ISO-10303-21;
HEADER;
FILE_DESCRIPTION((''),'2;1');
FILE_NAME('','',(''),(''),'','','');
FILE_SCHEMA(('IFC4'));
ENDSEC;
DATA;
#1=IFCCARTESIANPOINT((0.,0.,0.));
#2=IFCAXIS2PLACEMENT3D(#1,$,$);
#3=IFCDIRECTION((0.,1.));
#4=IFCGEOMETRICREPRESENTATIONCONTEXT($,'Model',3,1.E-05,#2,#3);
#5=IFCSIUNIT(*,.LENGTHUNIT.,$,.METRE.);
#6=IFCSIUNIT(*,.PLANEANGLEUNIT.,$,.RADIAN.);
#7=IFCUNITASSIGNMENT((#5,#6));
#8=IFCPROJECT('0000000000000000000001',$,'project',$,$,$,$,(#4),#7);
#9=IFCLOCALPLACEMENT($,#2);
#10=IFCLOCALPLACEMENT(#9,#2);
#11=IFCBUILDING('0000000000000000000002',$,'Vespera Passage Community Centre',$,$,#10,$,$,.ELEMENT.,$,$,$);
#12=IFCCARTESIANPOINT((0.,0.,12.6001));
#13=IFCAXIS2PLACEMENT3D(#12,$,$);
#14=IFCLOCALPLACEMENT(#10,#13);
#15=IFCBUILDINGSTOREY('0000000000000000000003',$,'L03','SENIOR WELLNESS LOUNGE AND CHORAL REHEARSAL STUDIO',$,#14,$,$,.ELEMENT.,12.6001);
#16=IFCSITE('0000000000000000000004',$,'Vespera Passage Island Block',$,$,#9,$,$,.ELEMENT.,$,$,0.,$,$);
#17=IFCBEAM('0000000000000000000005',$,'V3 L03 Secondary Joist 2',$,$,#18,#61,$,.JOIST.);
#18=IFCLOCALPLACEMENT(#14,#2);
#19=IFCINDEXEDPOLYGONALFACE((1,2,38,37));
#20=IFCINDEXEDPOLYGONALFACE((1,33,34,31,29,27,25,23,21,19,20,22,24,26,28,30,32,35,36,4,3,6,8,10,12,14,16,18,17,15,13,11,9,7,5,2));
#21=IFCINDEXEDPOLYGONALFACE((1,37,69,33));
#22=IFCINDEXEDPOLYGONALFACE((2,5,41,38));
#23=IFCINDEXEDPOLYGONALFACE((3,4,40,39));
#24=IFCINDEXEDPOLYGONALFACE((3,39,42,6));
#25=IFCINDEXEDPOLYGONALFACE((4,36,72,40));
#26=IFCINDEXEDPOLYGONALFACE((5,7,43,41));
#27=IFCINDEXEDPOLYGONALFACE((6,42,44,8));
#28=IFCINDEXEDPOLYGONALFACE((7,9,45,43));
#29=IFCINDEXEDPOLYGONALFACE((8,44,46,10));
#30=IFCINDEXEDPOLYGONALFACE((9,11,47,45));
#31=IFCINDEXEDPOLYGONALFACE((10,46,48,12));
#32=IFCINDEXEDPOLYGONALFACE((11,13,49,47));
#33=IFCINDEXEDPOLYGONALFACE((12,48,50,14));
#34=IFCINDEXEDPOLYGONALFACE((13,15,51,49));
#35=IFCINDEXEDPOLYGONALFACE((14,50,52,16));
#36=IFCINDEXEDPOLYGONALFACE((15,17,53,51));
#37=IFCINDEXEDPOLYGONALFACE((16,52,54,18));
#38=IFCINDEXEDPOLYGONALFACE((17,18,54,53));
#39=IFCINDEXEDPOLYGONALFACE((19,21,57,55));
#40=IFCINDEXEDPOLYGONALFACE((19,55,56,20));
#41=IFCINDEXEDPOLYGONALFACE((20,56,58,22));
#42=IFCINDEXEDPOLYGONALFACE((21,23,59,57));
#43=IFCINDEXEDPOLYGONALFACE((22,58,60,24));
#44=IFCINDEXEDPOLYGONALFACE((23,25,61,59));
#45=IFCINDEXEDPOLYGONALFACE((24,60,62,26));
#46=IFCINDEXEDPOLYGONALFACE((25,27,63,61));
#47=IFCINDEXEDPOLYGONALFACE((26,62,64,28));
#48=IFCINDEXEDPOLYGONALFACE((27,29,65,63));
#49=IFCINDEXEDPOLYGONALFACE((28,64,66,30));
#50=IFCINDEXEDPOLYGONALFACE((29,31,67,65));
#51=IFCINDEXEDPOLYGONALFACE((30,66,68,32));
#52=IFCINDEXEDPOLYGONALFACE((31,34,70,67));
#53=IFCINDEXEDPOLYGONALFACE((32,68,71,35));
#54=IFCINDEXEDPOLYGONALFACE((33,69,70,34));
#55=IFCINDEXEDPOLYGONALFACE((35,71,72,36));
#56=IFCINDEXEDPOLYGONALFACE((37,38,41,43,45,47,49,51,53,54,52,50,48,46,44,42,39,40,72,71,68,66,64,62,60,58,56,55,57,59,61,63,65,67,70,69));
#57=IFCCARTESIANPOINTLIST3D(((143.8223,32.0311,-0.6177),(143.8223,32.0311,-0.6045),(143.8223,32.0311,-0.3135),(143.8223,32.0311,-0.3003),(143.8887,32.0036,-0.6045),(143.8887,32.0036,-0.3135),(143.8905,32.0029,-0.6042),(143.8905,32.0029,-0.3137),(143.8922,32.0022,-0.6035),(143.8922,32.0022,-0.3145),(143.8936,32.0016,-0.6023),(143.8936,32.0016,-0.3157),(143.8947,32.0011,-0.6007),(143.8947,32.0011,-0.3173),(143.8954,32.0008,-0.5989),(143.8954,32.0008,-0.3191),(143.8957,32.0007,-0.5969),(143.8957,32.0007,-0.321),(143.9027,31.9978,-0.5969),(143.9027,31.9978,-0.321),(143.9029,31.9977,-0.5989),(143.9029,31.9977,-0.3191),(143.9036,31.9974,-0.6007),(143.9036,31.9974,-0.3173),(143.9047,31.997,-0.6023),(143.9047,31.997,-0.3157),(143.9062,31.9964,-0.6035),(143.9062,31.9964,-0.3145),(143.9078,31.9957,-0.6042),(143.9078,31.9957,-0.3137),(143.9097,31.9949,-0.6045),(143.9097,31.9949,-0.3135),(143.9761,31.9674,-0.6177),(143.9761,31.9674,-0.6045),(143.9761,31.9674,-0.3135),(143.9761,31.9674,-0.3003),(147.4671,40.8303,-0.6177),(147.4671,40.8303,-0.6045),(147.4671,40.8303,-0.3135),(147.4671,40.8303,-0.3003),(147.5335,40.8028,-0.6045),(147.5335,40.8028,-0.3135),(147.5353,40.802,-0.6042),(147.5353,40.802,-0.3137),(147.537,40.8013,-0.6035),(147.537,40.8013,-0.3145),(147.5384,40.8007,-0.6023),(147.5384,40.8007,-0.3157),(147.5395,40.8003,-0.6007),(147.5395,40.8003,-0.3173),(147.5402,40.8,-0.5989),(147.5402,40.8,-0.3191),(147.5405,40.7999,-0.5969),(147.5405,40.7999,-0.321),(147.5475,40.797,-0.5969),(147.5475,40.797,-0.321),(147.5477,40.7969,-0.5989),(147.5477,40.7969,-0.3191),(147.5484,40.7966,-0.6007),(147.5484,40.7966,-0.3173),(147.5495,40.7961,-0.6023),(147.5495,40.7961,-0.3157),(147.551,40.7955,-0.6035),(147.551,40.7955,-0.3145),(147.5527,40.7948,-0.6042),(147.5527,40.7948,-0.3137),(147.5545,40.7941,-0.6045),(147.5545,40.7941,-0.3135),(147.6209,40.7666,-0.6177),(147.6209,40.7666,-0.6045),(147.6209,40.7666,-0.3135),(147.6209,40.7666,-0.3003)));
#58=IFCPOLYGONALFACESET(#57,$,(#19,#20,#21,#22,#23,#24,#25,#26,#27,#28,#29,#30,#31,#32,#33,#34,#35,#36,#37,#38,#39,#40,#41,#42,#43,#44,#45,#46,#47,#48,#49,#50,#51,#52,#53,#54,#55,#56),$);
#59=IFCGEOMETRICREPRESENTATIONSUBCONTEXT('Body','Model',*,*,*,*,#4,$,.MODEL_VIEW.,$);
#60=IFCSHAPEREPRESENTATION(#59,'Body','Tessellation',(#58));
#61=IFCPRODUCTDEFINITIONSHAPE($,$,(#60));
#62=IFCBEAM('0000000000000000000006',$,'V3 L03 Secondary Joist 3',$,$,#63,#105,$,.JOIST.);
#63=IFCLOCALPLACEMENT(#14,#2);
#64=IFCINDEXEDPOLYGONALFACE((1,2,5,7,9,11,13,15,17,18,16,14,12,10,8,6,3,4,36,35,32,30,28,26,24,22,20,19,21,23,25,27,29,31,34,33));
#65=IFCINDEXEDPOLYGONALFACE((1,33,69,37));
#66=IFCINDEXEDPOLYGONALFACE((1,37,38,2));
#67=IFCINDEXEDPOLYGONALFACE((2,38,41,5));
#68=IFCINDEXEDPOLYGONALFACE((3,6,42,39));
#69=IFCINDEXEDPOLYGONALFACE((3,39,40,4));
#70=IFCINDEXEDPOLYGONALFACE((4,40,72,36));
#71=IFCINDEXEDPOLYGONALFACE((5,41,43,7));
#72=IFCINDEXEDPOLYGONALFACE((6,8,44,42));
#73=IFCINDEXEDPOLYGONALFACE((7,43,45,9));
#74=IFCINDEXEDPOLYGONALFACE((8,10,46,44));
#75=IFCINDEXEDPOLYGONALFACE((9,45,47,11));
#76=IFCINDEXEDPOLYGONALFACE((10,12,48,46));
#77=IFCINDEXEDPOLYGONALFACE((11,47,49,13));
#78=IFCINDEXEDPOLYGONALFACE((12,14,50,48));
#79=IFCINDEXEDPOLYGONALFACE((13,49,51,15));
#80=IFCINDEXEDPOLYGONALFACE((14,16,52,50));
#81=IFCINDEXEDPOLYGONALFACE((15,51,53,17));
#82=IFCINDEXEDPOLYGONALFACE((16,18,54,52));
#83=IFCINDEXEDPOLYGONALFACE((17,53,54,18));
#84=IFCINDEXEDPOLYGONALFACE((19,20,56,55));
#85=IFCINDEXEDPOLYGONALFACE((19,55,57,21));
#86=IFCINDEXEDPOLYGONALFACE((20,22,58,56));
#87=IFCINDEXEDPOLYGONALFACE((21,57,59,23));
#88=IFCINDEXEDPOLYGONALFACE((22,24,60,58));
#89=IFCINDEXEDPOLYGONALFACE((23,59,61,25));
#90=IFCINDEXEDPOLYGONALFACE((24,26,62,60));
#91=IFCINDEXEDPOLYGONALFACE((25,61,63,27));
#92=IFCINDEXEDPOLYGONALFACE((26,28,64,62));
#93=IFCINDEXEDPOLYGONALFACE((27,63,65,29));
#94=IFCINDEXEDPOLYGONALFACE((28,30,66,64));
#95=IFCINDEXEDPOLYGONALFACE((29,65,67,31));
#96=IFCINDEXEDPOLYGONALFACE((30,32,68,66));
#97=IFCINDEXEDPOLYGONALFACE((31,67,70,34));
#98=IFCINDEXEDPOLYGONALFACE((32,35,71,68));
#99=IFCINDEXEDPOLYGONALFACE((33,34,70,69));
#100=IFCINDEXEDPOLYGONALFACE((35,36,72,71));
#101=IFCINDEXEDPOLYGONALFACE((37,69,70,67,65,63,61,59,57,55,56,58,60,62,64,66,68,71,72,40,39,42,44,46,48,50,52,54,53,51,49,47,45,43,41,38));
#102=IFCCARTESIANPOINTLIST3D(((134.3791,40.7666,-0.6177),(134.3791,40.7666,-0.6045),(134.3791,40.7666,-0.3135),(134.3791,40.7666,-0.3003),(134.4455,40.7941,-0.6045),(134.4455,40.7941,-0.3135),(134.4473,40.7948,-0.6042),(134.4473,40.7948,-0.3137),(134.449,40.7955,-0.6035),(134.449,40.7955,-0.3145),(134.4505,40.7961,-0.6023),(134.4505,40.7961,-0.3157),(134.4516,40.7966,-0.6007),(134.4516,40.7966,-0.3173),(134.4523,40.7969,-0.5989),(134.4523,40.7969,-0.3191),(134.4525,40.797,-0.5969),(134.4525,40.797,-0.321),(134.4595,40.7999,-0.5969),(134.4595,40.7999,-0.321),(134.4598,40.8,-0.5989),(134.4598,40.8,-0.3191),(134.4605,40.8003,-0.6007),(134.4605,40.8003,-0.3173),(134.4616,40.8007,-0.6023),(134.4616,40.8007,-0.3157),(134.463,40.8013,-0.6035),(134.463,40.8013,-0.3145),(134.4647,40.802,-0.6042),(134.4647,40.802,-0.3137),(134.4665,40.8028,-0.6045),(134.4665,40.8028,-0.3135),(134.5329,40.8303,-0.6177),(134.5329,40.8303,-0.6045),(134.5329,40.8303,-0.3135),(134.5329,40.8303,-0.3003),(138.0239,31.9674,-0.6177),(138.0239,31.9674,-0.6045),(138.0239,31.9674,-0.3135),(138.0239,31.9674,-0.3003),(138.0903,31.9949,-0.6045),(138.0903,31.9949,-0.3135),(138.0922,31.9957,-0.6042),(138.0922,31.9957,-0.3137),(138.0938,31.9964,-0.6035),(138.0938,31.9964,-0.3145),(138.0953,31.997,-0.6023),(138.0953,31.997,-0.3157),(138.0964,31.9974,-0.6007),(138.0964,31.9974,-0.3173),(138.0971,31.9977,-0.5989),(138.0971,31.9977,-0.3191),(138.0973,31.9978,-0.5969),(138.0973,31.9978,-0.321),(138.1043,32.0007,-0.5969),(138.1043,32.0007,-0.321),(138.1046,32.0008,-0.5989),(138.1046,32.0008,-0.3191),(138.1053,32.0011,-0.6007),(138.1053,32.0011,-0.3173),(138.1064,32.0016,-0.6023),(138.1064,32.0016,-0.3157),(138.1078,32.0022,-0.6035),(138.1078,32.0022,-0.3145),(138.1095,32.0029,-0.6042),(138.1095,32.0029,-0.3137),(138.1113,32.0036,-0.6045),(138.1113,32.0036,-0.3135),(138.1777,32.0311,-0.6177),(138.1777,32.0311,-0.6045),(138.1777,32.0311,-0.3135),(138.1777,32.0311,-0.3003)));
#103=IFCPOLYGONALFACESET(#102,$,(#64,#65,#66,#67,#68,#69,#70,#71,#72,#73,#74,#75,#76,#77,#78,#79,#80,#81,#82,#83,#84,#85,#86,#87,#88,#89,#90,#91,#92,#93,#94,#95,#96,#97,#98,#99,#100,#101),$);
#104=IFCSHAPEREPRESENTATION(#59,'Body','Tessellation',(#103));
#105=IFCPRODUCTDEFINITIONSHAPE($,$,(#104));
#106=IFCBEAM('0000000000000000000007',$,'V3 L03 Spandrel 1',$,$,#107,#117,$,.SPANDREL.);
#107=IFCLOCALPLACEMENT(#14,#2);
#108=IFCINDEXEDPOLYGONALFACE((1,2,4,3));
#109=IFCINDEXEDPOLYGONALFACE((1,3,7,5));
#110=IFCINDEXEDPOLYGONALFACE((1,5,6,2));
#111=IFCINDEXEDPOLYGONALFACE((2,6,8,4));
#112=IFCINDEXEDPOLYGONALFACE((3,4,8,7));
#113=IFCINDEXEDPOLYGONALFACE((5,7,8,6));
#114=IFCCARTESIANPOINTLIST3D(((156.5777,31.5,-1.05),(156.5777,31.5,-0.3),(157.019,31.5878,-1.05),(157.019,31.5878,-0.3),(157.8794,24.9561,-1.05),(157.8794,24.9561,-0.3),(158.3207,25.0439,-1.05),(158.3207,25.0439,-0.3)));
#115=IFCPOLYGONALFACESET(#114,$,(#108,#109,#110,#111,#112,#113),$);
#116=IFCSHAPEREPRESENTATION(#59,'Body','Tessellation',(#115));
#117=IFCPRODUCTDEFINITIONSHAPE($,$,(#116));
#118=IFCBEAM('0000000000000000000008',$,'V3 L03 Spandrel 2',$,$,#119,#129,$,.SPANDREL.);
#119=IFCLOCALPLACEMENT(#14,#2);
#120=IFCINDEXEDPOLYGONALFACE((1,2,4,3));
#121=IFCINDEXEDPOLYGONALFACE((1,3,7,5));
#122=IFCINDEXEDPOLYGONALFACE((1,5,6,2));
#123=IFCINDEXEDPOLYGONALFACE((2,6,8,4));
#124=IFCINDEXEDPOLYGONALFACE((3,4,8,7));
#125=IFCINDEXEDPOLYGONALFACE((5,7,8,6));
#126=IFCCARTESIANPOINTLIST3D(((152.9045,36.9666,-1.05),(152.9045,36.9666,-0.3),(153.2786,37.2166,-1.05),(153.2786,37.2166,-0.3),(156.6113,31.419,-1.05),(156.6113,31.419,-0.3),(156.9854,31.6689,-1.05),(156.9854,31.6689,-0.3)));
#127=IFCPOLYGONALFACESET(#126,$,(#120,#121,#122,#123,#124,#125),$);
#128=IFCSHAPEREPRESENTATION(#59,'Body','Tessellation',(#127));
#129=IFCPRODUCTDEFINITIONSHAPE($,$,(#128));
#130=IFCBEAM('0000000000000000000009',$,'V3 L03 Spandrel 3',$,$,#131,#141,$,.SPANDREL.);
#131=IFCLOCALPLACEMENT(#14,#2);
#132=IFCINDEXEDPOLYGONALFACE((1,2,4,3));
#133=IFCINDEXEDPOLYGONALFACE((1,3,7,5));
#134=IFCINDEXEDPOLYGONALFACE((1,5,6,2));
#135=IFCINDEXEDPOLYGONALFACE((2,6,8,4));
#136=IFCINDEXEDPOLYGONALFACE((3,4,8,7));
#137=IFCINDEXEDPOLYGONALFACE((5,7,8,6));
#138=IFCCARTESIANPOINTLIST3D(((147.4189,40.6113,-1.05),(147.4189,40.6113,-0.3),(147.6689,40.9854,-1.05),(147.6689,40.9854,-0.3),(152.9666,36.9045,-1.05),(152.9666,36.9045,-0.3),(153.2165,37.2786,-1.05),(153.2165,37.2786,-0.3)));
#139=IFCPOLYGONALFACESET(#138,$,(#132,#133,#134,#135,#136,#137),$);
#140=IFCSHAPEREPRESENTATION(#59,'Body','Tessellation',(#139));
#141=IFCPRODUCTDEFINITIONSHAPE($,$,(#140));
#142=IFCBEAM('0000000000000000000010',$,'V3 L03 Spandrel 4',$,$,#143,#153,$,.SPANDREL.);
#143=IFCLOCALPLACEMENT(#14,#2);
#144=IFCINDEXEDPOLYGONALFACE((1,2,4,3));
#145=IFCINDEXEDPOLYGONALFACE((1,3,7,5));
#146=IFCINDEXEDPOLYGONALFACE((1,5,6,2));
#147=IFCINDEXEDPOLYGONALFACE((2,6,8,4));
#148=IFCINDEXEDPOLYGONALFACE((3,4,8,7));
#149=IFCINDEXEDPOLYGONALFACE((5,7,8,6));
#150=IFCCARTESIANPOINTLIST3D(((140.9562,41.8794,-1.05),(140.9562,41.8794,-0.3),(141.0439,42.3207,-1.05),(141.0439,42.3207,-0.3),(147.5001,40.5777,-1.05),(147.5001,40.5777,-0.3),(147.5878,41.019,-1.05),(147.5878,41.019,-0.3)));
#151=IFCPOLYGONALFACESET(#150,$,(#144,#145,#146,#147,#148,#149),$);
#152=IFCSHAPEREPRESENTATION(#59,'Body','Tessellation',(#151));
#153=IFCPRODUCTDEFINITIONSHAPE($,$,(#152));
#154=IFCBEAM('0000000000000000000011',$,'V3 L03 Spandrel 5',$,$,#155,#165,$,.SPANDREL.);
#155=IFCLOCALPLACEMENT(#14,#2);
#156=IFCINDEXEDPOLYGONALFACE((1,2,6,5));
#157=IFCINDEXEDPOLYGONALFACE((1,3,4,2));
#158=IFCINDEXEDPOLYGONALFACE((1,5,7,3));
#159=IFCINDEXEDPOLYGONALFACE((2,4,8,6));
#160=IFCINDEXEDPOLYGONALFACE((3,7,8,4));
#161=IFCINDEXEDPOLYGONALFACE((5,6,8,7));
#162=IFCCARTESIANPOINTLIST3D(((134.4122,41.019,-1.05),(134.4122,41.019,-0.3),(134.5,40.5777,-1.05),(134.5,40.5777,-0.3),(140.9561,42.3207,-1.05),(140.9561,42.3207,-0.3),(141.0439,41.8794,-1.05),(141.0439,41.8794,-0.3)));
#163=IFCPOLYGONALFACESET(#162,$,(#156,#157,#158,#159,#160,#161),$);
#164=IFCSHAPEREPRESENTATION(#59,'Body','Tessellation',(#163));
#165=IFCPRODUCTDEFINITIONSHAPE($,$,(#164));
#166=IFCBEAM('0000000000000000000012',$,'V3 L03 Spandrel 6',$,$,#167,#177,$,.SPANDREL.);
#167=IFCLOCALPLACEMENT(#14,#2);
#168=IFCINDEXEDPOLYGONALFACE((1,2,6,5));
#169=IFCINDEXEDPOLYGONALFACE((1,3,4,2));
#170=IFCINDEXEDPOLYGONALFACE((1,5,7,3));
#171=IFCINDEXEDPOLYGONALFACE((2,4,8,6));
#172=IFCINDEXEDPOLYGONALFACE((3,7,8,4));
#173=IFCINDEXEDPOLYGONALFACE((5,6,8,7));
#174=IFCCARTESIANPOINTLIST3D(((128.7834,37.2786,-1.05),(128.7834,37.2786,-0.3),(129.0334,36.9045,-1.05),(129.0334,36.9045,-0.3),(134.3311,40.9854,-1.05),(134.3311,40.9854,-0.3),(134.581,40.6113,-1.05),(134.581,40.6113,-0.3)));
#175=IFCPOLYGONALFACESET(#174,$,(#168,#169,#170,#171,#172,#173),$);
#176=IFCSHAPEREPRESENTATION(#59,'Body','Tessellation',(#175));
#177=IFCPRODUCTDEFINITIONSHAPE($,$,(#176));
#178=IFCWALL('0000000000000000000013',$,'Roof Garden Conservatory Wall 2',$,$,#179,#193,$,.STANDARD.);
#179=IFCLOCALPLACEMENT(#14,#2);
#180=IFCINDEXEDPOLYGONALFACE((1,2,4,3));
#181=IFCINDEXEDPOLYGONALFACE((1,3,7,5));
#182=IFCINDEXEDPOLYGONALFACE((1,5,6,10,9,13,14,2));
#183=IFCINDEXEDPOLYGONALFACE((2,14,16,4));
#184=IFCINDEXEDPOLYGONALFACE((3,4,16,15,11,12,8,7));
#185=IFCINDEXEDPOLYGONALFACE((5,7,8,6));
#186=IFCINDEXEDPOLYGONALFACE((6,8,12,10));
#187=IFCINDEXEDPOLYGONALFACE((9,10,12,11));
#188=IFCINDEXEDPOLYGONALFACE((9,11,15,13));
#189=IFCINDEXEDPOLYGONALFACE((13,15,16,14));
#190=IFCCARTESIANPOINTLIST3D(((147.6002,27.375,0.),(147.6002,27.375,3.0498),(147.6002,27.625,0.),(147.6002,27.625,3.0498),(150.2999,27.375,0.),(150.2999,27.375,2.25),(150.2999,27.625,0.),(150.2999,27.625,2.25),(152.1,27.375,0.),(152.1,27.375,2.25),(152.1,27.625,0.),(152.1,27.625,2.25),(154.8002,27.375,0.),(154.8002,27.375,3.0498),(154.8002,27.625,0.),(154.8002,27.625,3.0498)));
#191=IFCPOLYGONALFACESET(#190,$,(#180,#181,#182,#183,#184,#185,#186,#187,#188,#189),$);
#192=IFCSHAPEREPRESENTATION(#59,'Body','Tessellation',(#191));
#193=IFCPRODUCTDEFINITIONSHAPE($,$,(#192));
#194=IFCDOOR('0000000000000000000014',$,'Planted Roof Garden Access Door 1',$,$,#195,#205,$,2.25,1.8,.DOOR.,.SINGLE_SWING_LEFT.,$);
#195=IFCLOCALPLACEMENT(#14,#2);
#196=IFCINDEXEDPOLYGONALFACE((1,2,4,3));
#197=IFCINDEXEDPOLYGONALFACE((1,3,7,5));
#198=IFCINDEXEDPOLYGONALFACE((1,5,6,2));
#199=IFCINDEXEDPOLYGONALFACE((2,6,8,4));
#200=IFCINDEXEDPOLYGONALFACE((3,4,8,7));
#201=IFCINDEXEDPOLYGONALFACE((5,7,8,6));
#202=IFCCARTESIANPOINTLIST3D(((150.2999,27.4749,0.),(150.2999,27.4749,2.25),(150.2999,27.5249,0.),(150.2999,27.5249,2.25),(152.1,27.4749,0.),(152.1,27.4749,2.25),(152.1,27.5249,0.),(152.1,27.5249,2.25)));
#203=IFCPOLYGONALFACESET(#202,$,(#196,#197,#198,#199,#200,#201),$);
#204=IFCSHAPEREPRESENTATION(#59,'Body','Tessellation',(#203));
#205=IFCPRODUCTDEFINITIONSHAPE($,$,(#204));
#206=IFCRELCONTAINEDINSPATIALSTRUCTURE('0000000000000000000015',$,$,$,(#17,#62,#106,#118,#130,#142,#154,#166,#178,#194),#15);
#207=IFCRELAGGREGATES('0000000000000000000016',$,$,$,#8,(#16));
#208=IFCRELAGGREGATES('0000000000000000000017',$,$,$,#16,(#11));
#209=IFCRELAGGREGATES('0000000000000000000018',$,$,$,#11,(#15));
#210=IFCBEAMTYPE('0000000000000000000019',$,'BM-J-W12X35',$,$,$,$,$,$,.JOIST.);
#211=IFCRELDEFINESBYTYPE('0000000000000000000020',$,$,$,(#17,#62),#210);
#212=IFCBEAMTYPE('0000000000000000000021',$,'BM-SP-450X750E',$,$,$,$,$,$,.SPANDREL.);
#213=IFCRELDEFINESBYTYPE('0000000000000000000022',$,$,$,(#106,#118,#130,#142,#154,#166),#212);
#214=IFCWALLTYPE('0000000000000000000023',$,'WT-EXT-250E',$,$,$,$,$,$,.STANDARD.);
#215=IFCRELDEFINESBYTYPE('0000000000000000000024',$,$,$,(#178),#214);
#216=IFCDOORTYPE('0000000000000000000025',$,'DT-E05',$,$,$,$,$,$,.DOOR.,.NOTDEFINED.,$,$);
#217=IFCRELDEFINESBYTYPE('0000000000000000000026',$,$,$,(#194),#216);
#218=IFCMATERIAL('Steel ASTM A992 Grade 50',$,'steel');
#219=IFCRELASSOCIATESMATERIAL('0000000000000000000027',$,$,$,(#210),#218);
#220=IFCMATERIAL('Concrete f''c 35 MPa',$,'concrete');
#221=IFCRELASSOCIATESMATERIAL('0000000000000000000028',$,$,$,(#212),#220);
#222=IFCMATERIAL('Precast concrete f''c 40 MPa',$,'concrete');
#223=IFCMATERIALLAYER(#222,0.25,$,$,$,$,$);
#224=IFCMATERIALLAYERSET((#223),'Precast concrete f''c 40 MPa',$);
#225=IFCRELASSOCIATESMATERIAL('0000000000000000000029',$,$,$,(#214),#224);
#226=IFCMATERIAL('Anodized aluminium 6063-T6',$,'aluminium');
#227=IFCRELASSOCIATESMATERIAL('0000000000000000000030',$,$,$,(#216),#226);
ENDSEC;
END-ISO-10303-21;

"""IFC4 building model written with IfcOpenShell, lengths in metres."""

from ifc_helpers import new_model, si_unit, direction, frame, frame_2d, origin, origin_2d, place, context, subcontext, project, spatial, rectangle, i_section, extrude, material, layer, layer_set, material_profile, profile_set, type_object, element, fill, save


model = new_model("IFC4")

# Units and contexts
model_context = context("Model", 3, precision=1e-05, world=origin(), true_north=direction((0.0, 1.0)))
body_context = subcontext(model_context, "Body", "Model", "MODEL_VIEW")
ifc_project = project(units=[si_unit("LENGTHUNIT", "METRE"), si_unit("PLANEANGLEUNIT", "RADIAN")], contexts=[model_context])

# Site, building, storey
site_placement = place(None, origin())
site = spatial("IfcSite", under=ifc_project, at=site_placement, Name="Vespera Passage Island Block", CompositionType="ELEMENT", RefElevation=0.0)
building_placement = place(site_placement, origin())
building = spatial("IfcBuilding", under=site, at=building_placement, Name="Vespera Passage Community Centre", CompositionType="ELEMENT")
storey_placement = place(building_placement, frame((0.0, 0.0, 12.6001)))
storey = spatial("IfcBuildingStorey", under=building, at=storey_placement, Name="L03", Description="SENIOR WELLNESS LOUNGE AND CHORAL REHEARSAL STUDIO", CompositionType="ELEMENT", Elevation=12.6001)

# Beams
ifc_material_1 = material(Name="Steel ASTM A992 Grade 50", Category="steel")
ifc_material_profile_1 = material_profile(ifc_material_1, i_section(OverallWidth=0.1665, OverallDepth=0.3174, WebThickness=0.0076, FlangeThickness=0.0132, FilletRadius=0.0076, at=origin_2d()), Name="W12X35")
ifc_profile_set_1 = profile_set([ifc_material_profile_1], Name="Steel ASTM A992 Grade 50")
beam_type_1 = type_object("IfcBeamType", Name="BM-J-W12X35", PredefinedType="JOIST", material=ifc_profile_set_1)
for number, where, z_axis, x_axis, name in (
    (1, (143.8992, 31.9993, -0.459), (0.382691, 0.923877, 0.0), (-0.923877, 0.382691, 0.0), "V3 L03 Secondary Joist 2"),
    (2, (138.1008, 31.9993, -0.459), (-0.382691, 0.923877, 0.0), (-0.923877, -0.382691, 0.0), "V3 L03 Secondary Joist 3"),
):
    element("IfcBeam", number, at=place(storey_placement, frame(where, z_axis=z_axis, x_axis=x_axis)), inside=storey, type_object=beam_type_1, Name=name, PredefinedType="JOIST", context=body_context, shape_type="SweptSolid", body=[
        extrude(i_section(OverallWidth=0.1665, OverallDepth=0.3174, WebThickness=0.0076, FlangeThickness=0.0132, FilletRadius=0.0076, at=origin_2d()), origin(), (0.0, 0.0, 1.0), 9.5242),
    ])
ifc_material_2 = material(Name="Concrete f'c 35 MPa", Category="concrete")
ifc_material_profile_2 = material_profile(ifc_material_2, rectangle(XDim=0.45, YDim=0.75, at=origin_2d()), Name="RC450X750")
ifc_profile_set_2 = profile_set([ifc_material_profile_2], Name="Concrete f'c 35 MPa")
beam_type_2 = type_object("IfcBeamType", Name="BM-SP-450X750E", PredefinedType="SPANDREL", material=ifc_profile_set_2)
for number, where, z_axis, x_axis, name in (
    (3, (158.1001, 25.0, -0.675), (-0.195103, 0.980783, 0.0), (-0.980783, -0.195103, 0.0), "V3 L03 Spandrel 1"),
    (4, (156.7983, 31.5439, -0.675), (-0.55557, 0.83147, 0.0), (-0.83147, -0.55557, 0.0), "V3 L03 Spandrel 2"),
    (5, (153.0916, 37.0916, -0.675), (-0.83147, 0.55557, 0.0), (-0.55557, -0.83147, 0.0), "V3 L03 Spandrel 3"),
    (6, (147.5439, 40.7983, -0.675), (-0.980783, 0.195103, 0.0), (-0.195103, -0.980783, 0.0), "V3 L03 Spandrel 4"),
    (7, (141.0, 42.1001, -0.675), (-0.980783, -0.195103, 0.0), (0.195103, -0.980783, 0.0), "V3 L03 Spandrel 5"),
    (8, (134.4561, 40.7983, -0.675), (-0.83147, -0.55557, 0.0), (0.55557, -0.83147, 0.0), "V3 L03 Spandrel 6"),
):
    element("IfcBeam", number, at=place(storey_placement, frame(where, z_axis=z_axis, x_axis=x_axis)), inside=storey, type_object=beam_type_2, Name=name, PredefinedType="SPANDREL", context=body_context, shape_type="SweptSolid", body=[
        extrude(rectangle(XDim=0.45, YDim=0.75, at=origin_2d()), origin(), (0.0, 0.0, 1.0), 6.6721),
    ])

# Wall, opening, door
ifc_material_3 = material(Name="Precast concrete f'c 40 MPa", Category="concrete")
ifc_layer_1 = layer(ifc_material_3, 0.25)
ifc_layer_set_1 = layer_set([ifc_layer_1], Name="Precast concrete f'c 40 MPa")
wall_type = type_object("IfcWallType", Name="WT-EXT-250E", PredefinedType="STANDARD", material=ifc_layer_set_1)
wall_1_placement = place(storey_placement, frame((147.6001, 27.5, 0.0), z_axis=(0.0, 0.0, 1.0), x_axis=(1.0, 0.0, 0.0)))
wall_1 = element("IfcWall", 9, at=wall_1_placement, inside=storey, type_object=wall_type, Name="Roof Garden Conservatory Wall 2", PredefinedType="STANDARD", context=body_context, shape_type="SweptSolid", body=[
    extrude(rectangle(XDim=7.2, YDim=0.25, at=frame_2d((3.6001, 0.0))), origin(), (0.0, 0.0, 1.0), 3.0498),
])
opening_1_placement = place(wall_1_placement, frame((2.7, 0.0, 0.0)))
opening_1 = element("IfcOpeningElement", 10, at=opening_1_placement, cuts=wall_1, PredefinedType="OPENING", context=body_context, shape_type="SweptSolid", body=[
    extrude(rectangle(XDim=1.8, YDim=2.25, at=frame_2d((0.8999, 1.125))), frame((0.0, 0.135, 0.0), z_axis=(0.0, -1.0, 0.0), x_axis=(1.0, 0.0, 0.0)), (0.0, 0.0, 1.0), 0.27),
])
ifc_material_4 = material(Name="Anodized aluminium 6063-T6", Category="aluminium")
door_type = type_object("IfcDoorType", Name="DT-E05", OperationType="NOTDEFINED", PredefinedType="DOOR", material=ifc_material_4)
door_placement = place(opening_1_placement, origin())
door = element("IfcDoor", 11, at=door_placement, inside=storey, type_object=door_type, Name="Planted Roof Garden Access Door 1", OperationType="SINGLE_SWING_LEFT", OverallHeight=2.25, OverallWidth=1.8, PredefinedType="DOOR", context=body_context, shape_type="SweptSolid", body=[
    extrude(rectangle(XDim=1.8, YDim=2.25, at=frame_2d((0.8999, 1.125))), frame((0.0, 0.0249, 0.0), z_axis=(0.0, -1.0, 0.0), x_axis=(1.0, 0.0, 0.0)), (0.0, 0.0, 1.0), 0.05),
])
fill(opening_1, door)

save(model, "model.ifc")
